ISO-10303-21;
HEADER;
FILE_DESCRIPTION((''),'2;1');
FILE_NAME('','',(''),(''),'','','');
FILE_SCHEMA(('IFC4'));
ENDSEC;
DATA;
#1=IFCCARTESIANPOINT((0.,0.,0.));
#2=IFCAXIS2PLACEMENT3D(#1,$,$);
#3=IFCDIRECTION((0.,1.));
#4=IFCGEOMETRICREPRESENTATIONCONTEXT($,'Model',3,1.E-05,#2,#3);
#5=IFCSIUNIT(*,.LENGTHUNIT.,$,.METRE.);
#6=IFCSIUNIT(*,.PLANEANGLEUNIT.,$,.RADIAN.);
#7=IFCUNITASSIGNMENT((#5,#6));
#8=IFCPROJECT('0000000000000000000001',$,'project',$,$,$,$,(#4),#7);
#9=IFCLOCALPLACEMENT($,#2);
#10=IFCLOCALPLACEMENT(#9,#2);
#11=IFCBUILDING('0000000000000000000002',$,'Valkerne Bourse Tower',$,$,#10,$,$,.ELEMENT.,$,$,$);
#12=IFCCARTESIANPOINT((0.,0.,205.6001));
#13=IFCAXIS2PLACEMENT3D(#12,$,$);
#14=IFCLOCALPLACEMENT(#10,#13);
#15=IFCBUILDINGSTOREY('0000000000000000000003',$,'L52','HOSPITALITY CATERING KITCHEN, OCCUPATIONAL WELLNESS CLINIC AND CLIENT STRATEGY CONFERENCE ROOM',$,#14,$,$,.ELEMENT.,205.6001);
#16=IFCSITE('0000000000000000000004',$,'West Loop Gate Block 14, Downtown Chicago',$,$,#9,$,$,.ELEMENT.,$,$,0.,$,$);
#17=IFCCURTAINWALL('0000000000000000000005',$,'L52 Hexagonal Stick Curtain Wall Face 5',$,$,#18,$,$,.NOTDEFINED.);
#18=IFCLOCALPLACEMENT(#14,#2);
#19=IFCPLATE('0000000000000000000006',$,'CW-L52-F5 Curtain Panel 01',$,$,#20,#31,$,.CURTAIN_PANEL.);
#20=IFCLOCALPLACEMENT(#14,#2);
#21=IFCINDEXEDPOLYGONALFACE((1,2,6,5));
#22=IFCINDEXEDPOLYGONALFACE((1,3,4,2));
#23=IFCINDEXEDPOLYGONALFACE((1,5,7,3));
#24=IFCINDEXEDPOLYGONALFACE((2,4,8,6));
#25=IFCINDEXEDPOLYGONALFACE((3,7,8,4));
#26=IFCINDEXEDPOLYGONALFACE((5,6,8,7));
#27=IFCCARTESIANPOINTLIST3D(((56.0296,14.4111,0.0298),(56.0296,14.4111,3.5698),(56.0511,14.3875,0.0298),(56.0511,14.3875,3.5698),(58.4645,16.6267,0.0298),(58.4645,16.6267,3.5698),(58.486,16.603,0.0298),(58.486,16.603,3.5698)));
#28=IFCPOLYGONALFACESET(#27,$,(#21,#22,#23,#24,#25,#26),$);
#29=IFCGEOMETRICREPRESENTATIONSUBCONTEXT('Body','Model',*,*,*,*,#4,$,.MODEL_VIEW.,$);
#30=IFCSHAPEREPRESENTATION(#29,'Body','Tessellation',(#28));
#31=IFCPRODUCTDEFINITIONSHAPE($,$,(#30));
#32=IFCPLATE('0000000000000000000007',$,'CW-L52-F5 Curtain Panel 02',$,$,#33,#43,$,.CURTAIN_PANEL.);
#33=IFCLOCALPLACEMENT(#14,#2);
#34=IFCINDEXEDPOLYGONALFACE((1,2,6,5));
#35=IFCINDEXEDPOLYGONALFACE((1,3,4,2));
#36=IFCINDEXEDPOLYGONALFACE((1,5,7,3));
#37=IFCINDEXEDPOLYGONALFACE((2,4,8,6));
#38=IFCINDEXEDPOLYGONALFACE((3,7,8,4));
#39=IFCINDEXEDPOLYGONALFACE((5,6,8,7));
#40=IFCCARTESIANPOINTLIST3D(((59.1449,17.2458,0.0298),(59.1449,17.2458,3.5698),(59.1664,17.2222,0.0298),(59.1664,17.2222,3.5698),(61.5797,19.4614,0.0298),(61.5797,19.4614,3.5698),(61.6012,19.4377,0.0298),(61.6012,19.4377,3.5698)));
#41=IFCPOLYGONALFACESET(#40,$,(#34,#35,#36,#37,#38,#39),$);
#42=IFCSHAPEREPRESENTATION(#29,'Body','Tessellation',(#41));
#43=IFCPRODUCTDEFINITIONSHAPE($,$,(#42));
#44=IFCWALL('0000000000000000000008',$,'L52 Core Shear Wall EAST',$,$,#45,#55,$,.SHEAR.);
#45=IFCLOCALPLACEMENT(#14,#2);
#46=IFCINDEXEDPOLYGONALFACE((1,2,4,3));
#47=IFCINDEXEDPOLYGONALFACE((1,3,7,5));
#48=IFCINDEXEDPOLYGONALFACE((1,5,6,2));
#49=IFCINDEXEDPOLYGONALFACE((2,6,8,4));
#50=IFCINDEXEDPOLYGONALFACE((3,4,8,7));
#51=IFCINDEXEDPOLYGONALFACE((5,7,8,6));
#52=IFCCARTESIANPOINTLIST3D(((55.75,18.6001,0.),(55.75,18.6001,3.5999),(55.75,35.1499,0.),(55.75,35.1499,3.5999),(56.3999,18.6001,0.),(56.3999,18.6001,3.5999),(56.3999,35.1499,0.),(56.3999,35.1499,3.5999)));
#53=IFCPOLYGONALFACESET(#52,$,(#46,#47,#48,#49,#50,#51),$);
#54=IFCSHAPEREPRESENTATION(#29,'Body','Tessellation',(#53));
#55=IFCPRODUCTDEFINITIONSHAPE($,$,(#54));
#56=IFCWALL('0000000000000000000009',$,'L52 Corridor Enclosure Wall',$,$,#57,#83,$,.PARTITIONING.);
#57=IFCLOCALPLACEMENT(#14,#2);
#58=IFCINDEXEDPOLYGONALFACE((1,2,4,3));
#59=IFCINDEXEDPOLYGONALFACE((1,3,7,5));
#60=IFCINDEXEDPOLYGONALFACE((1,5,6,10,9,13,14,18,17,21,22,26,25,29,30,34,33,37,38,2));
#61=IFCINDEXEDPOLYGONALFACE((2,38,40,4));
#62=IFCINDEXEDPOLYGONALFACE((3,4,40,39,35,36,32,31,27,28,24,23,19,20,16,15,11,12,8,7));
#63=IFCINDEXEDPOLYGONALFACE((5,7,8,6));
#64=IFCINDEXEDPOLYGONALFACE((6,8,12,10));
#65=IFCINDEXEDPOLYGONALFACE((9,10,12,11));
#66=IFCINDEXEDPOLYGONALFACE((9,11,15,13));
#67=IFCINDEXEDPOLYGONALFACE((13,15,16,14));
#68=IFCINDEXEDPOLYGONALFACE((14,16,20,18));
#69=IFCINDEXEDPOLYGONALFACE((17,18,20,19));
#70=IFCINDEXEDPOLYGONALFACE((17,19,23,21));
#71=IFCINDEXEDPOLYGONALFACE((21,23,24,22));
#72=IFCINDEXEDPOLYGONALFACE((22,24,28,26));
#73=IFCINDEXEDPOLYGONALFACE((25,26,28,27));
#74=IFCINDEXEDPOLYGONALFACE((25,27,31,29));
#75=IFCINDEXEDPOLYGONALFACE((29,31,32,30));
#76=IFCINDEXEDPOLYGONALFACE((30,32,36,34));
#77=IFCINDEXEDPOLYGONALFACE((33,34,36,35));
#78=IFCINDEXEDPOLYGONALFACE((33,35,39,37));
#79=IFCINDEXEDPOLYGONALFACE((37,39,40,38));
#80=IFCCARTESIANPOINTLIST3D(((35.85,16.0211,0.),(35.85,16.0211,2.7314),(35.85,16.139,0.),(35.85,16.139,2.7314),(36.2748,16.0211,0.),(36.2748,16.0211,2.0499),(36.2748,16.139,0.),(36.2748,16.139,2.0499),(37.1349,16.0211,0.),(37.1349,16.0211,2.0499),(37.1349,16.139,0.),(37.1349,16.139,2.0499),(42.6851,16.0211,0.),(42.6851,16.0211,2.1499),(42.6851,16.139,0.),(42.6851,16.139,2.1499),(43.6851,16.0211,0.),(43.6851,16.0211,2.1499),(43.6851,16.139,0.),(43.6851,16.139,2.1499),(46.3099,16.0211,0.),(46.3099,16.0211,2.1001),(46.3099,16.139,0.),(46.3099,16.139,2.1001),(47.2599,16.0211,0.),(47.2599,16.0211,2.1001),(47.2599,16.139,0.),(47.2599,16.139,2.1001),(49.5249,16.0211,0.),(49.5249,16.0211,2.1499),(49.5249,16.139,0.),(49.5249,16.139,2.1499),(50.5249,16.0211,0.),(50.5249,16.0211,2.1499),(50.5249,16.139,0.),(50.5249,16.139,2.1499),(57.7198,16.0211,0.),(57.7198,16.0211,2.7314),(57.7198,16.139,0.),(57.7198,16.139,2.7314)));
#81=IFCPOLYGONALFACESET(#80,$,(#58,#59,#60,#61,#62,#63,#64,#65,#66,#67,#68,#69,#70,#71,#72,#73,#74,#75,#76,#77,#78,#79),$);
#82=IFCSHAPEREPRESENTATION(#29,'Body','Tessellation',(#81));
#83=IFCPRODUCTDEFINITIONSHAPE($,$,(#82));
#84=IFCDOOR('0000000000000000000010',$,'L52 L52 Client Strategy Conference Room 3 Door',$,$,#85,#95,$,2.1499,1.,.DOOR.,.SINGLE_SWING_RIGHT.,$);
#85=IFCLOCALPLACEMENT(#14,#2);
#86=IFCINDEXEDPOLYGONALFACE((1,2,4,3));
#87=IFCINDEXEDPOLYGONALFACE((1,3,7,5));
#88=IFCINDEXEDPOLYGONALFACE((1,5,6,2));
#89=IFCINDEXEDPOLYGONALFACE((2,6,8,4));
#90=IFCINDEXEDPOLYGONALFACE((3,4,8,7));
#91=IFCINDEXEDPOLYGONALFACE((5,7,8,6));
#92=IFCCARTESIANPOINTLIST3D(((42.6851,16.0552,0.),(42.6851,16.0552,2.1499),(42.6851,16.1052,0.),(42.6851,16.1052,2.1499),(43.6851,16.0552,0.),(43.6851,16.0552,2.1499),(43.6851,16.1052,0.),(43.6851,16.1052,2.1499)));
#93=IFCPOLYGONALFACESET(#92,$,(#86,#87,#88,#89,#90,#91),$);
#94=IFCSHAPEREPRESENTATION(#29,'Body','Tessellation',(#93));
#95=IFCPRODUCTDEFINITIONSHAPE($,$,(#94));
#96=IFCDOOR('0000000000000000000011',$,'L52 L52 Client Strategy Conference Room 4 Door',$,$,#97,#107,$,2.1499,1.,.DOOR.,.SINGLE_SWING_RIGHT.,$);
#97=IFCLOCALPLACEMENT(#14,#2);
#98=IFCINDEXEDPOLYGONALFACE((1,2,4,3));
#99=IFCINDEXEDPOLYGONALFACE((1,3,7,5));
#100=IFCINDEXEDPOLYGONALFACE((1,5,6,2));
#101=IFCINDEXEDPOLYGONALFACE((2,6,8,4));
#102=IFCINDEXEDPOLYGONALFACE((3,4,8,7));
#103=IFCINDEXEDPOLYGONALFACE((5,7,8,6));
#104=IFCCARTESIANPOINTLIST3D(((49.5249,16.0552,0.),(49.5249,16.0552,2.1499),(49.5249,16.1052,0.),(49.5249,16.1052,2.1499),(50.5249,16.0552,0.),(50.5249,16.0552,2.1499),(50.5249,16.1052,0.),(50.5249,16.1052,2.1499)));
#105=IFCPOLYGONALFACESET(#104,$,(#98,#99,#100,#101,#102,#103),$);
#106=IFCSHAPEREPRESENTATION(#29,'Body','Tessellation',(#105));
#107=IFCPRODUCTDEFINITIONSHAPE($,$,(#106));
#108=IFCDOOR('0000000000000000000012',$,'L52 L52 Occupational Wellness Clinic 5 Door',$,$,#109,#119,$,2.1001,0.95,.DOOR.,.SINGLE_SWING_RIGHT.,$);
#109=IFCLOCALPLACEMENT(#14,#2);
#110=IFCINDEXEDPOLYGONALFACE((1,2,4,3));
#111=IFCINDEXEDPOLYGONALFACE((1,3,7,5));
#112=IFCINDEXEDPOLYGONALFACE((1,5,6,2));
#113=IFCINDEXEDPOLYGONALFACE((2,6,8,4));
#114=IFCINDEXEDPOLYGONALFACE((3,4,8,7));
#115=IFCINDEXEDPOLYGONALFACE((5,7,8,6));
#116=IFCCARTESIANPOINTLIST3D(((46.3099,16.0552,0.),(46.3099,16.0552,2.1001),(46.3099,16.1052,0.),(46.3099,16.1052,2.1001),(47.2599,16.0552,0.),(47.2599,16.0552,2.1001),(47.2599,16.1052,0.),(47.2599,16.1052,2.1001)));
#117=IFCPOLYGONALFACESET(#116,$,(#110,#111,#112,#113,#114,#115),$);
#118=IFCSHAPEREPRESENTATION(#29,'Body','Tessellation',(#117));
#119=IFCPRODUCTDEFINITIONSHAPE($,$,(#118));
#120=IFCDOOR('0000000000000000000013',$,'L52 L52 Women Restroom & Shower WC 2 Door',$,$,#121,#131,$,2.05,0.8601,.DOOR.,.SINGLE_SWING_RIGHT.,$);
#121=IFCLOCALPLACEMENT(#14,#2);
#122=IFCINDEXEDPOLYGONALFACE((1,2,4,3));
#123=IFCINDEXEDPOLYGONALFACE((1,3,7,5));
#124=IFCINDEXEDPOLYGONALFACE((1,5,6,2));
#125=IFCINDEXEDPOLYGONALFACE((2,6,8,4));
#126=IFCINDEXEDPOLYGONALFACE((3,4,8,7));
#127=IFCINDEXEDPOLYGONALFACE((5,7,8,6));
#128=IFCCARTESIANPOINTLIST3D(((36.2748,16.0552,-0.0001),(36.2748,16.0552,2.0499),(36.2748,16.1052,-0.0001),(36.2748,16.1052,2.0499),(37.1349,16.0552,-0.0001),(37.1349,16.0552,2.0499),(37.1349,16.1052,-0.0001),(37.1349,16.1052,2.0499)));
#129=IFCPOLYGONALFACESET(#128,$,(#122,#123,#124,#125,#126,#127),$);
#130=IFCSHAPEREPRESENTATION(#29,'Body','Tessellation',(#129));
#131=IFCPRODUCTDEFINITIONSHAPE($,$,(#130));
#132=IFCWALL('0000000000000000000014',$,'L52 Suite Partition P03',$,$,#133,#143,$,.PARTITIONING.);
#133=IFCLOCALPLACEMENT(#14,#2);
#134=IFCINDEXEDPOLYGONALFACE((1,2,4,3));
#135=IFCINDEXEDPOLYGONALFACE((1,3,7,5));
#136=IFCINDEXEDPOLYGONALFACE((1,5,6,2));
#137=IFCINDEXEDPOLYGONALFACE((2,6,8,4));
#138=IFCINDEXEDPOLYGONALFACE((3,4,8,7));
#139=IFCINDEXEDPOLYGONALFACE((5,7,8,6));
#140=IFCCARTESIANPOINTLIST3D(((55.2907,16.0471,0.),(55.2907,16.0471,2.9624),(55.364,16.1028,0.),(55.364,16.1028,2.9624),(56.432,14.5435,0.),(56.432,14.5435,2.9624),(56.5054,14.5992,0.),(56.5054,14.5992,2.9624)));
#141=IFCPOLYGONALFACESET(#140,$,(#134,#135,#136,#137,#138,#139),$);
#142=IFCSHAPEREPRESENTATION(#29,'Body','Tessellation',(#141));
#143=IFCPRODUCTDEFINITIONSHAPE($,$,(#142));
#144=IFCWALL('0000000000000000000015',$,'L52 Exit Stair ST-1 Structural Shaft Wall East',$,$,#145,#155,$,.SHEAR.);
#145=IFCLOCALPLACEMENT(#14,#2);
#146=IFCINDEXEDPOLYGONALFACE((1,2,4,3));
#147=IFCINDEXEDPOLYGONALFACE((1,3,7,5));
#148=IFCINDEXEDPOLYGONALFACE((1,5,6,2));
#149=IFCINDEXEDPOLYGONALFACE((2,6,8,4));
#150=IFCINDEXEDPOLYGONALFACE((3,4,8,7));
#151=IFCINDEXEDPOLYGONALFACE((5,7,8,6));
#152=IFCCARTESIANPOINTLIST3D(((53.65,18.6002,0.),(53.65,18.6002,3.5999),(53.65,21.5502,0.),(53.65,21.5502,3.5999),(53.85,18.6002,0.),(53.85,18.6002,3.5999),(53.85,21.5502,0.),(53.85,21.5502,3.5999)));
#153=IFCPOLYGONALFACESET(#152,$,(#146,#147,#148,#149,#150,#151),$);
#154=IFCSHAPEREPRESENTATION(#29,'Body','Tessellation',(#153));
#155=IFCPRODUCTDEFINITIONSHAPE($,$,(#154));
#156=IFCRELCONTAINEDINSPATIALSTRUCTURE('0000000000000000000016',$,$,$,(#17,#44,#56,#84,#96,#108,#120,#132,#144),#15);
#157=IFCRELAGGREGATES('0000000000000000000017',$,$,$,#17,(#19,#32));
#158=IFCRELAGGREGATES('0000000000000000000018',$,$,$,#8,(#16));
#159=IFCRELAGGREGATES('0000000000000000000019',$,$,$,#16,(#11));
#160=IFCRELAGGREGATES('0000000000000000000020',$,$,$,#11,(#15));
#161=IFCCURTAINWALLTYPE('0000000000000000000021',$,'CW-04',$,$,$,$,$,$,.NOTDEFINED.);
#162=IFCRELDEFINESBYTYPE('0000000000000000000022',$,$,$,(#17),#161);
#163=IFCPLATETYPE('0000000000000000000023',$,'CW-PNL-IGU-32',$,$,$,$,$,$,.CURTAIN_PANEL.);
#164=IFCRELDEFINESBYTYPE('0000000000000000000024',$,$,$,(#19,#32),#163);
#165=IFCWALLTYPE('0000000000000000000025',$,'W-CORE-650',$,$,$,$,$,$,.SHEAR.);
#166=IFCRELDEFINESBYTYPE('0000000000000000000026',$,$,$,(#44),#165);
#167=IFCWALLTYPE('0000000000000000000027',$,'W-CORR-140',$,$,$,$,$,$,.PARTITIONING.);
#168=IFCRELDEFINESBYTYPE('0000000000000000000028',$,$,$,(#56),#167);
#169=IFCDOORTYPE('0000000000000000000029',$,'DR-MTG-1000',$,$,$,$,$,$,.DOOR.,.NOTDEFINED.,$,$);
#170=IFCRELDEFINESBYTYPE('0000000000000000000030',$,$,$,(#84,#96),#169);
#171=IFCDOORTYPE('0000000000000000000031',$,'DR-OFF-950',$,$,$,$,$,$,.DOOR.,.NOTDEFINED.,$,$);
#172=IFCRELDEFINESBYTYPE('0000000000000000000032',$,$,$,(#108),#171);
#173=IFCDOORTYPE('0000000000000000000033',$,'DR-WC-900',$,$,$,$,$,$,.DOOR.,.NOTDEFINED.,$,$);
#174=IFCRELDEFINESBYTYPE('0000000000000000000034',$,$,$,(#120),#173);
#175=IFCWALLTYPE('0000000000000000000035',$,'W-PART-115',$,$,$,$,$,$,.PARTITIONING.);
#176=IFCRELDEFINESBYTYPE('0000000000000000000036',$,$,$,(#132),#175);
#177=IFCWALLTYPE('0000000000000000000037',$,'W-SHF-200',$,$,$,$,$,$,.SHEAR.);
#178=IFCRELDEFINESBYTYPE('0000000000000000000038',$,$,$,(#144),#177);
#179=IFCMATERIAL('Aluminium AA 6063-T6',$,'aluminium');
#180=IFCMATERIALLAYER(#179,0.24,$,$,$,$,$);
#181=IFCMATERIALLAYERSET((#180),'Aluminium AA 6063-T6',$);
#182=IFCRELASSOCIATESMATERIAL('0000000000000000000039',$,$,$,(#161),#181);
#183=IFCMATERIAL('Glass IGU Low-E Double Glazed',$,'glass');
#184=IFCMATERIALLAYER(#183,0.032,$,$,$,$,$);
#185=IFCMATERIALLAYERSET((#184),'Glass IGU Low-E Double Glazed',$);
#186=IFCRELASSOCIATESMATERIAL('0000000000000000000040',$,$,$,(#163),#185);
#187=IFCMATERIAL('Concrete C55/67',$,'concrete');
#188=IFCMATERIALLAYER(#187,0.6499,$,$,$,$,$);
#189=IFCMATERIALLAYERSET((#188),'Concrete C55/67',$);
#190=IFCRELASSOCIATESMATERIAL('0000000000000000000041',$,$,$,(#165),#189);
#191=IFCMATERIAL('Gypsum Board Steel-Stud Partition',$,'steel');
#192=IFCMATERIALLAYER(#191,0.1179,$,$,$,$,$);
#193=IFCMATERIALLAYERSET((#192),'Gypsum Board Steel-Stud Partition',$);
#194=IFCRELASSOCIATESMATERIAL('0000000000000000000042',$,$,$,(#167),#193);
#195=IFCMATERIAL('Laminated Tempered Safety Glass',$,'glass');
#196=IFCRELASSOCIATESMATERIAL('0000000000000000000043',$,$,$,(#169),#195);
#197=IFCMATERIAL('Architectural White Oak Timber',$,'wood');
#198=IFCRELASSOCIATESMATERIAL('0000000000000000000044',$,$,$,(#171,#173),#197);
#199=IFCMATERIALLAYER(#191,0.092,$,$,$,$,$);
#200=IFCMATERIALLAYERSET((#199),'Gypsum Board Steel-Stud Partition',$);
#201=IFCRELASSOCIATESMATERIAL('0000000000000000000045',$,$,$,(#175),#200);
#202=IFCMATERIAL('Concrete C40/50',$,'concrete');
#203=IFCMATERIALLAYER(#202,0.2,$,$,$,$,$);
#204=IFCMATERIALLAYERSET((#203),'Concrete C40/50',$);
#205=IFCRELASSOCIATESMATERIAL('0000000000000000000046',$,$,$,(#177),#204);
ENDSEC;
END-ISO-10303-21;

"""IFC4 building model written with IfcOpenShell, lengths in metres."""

from ifc_helpers import new_model, si_unit, direction, frame, frame_2d, origin, origin_2d, place, context, subcontext, project, spatial, rectangle, extrude, material, layer, layer_set, type_object, element, fill, aggregate, save


model = new_model("IFC4")

# Units and contexts
model_context = context("Model", 3, precision=1e-05, world=origin(), true_north=direction((0.0, 1.0)))
body_context = subcontext(model_context, "Body", "Model", "MODEL_VIEW")
ifc_project = project(units=[si_unit("LENGTHUNIT", "METRE"), si_unit("PLANEANGLEUNIT", "RADIAN")], contexts=[model_context])

# Site, building, storey
site_placement = place(None, origin())
site = spatial("IfcSite", under=ifc_project, at=site_placement, Name="West Loop Gate Block 14, Downtown Chicago", CompositionType="ELEMENT", RefElevation=0.0)
building_placement = place(site_placement, origin())
building = spatial("IfcBuilding", under=site, at=building_placement, Name="Valkerne Bourse Tower", CompositionType="ELEMENT")
storey_placement = place(building_placement, frame((0.0, 0.0, 205.6001)))
storey = spatial("IfcBuildingStorey", under=building, at=storey_placement, Name="L52", Description="HOSPITALITY CATERING KITCHEN, OCCUPATIONAL WELLNESS CLINIC AND CLIENT STRATEGY CONFERENCE ROOM", CompositionType="ELEMENT", Elevation=205.6001)

# Curtain wall
ifc_material_1 = material(Name="Aluminium AA 6063-T6", Category="aluminium")
ifc_layer_1 = layer(ifc_material_1, 0.24)
ifc_layer_set_1 = layer_set([ifc_layer_1], Name="Aluminium AA 6063-T6")
curtain_wall_type = type_object("IfcCurtainWallType", Name="CW-04", PredefinedType="NOTDEFINED", material=ifc_layer_set_1)
curtain_wall_placement = place(storey_placement, origin())
curtain_wall = element("IfcCurtainWall", 1, at=curtain_wall_placement, inside=storey, type_object=curtain_wall_type, Name="L52 Hexagonal Stick Curtain Wall Face 5", PredefinedType="NOTDEFINED")

# Plates
ifc_material_2 = material(Name="Glass IGU Low-E Double Glazed", Category="glass")
ifc_layer_2 = layer(ifc_material_2, 0.032)
ifc_layer_set_2 = layer_set([ifc_layer_2], Name="Glass IGU Low-E Double Glazed")
plate_type = type_object("IfcPlateType", Name="CW-PNL-IGU-32", PredefinedType="CURTAIN_PANEL", material=ifc_layer_set_2)
plate_1_placement = place(storey_placement, frame((57.2578, 15.5071, 0.0298), z_axis=(0.0, 0.0, 1.0), x_axis=(0.739632, 0.673012, 0.0)))
plate_1 = element("IfcPlate", 2, at=plate_1_placement, type_object=plate_type, Name="CW-L52-F5 Curtain Panel 01", PredefinedType="CURTAIN_PANEL", context=body_context, shape_type="SweptSolid", body=[
    extrude(rectangle(XDim=3.292, YDim=0.032, at=origin_2d()), origin(), (0.0, 0.0, 1.0), 3.54),
])
plate_2_placement = place(storey_placement, frame((60.373, 18.3418, 0.0298), z_axis=(0.0, 0.0, 1.0), x_axis=(0.739632, 0.673012, 0.0)))
plate_2 = element("IfcPlate", 3, at=plate_2_placement, type_object=plate_type, Name="CW-L52-F5 Curtain Panel 02", PredefinedType="CURTAIN_PANEL", context=body_context, shape_type="SweptSolid", body=[
    extrude(rectangle(XDim=3.292, YDim=0.032, at=origin_2d()), origin(), (0.0, 0.0, 1.0), 3.54),
])
aggregate(curtain_wall, [plate_1, plate_2])

# Wall
ifc_material_3 = material(Name="Concrete C55/67", Category="concrete")
ifc_layer_3 = layer(ifc_material_3, 0.6499)
ifc_layer_set_3 = layer_set([ifc_layer_3], Name="Concrete C55/67")
wall_type_1 = type_object("IfcWallType", Name="W-CORE-650", PredefinedType="SHEAR", material=ifc_layer_set_3)
wall_1_placement = place(storey_placement, frame((56.075, 18.6001, 0.0), z_axis=(0.0, 0.0, 1.0), x_axis=(0.0, 1.0, 0.0)))
element("IfcWall", 4, at=wall_1_placement, inside=storey, type_object=wall_type_1, Name="L52 Core Shear Wall EAST", PredefinedType="SHEAR", context=body_context, shape_type="SweptSolid", body=[
    extrude(rectangle(XDim=16.5498, YDim=0.6499, at=frame_2d((8.2749, 0.0))), origin(), (0.0, 0.0, 1.0), 3.5999),
])

# Wall, openings, doors
ifc_material_4 = material(Name="Gypsum Board Steel-Stud Partition", Category="steel")
ifc_layer_4 = layer(ifc_material_4, 0.1179)
ifc_layer_set_4 = layer_set([ifc_layer_4], Name="Gypsum Board Steel-Stud Partition")
wall_type_2 = type_object("IfcWallType", Name="W-CORR-140", PredefinedType="PARTITIONING", material=ifc_layer_set_4)
wall_2_placement = place(storey_placement, frame((57.72, 16.0801, 0.0), z_axis=(0.0, 0.0, 1.0), x_axis=(-1.0, 0.0, 0.0)))
wall_2 = element("IfcWall", 5, at=wall_2_placement, inside=storey, type_object=wall_type_2, Name="L52 Corridor Enclosure Wall", PredefinedType="PARTITIONING", context=body_context, shape_type="SweptSolid", body=[
    extrude(rectangle(XDim=21.8699, YDim=0.1179, at=frame_2d((10.9351, 0.0))), origin(), (0.0, 0.0, 1.0), 2.7314),
])
opening_1_placement = place(wall_2_placement, frame((20.585, 0.0, 0.0)))
opening_1 = element("IfcOpeningElement", 6, at=opening_1_placement, cuts=wall_2, PredefinedType="OPENING", context=body_context, shape_type="SweptSolid", body=[
    extrude(rectangle(XDim=0.8601, YDim=2.05, at=frame_2d((0.4302, 1.0249))), frame((0.0, 0.0688, 0.0), z_axis=(0.0, -1.0, 0.0), x_axis=(1.0, 0.0, 0.0)), (0.0, 0.0, 1.0), 0.1379),
])
opening_2_placement = place(wall_2_placement, frame((14.0349, 0.0, 0.0)))
opening_2 = element("IfcOpeningElement", 7, at=opening_2_placement, cuts=wall_2, PredefinedType="OPENING", context=body_context, shape_type="SweptSolid", body=[
    extrude(rectangle(XDim=1.0, YDim=2.1499, at=frame_2d((0.5, 1.075))), frame((0.0, 0.0688, 0.0), z_axis=(0.0, -1.0, 0.0), x_axis=(1.0, 0.0, 0.0)), (0.0, 0.0, 1.0), 0.1379),
])
opening_3_placement = place(wall_2_placement, frame((7.1951, 0.0, 0.0)))
opening_3 = element("IfcOpeningElement", 8, at=opening_3_placement, cuts=wall_2, PredefinedType="OPENING", context=body_context, shape_type="SweptSolid", body=[
    extrude(rectangle(XDim=1.0, YDim=2.1499, at=frame_2d((0.5, 1.075))), frame((0.0, 0.0688, 0.0), z_axis=(0.0, -1.0, 0.0), x_axis=(1.0, 0.0, 0.0)), (0.0, 0.0, 1.0), 0.1379),
])
opening_4_placement = place(wall_2_placement, frame((10.46, 0.0, 0.0)))
opening_4 = element("IfcOpeningElement", 9, at=opening_4_placement, cuts=wall_2, PredefinedType="OPENING", context=body_context, shape_type="SweptSolid", body=[
    extrude(rectangle(XDim=0.95, YDim=2.1001, at=frame_2d((0.4751, 1.05))), frame((0.0, 0.0688, 0.0), z_axis=(0.0, -1.0, 0.0), x_axis=(1.0, 0.0, 0.0)), (0.0, 0.0, 1.0), 0.1379),
])
ifc_material_5 = material(Name="Laminated Tempered Safety Glass", Category="glass")
door_type_1 = type_object("IfcDoorType", Name="DR-MTG-1000", OperationType="NOTDEFINED", PredefinedType="DOOR", material=ifc_material_5)
door_1_placement = place(opening_2_placement, origin())
door_1 = element("IfcDoor", 10, at=door_1_placement, inside=storey, type_object=door_type_1, Name="L52 L52 Client Strategy Conference Room 3 Door", OperationType="SINGLE_SWING_RIGHT", OverallHeight=2.1499, OverallWidth=1.0, PredefinedType="DOOR", context=body_context, shape_type="SweptSolid", body=[
    extrude(rectangle(XDim=1.0, YDim=2.1499, at=frame_2d((0.5, 1.075))), frame((0.0, 0.0249, 0.0), z_axis=(0.0, -1.0, 0.0), x_axis=(1.0, 0.0, 0.0)), (0.0, 0.0, 1.0), 0.05),
])
fill(opening_2, door_1)
door_2_placement = place(opening_3_placement, origin())
door_2 = element("IfcDoor", 11, at=door_2_placement, inside=storey, type_object=door_type_1, Name="L52 L52 Client Strategy Conference Room 4 Door", OperationType="SINGLE_SWING_RIGHT", OverallHeight=2.1499, OverallWidth=1.0, PredefinedType="DOOR", context=body_context, shape_type="SweptSolid", body=[
    extrude(rectangle(XDim=1.0, YDim=2.1499, at=frame_2d((0.5, 1.075))), frame((0.0, 0.0249, 0.0), z_axis=(0.0, -1.0, 0.0), x_axis=(1.0, 0.0, 0.0)), (0.0, 0.0, 1.0), 0.05),
])
fill(opening_3, door_2)
ifc_material_6 = material(Name="Architectural White Oak Timber", Category="wood")
door_type_2 = type_object("IfcDoorType", Name="DR-OFF-950", OperationType="NOTDEFINED", PredefinedType="DOOR", material=ifc_material_6)
door_3_placement = place(opening_4_placement, origin())
door_3 = element("IfcDoor", 12, at=door_3_placement, inside=storey, type_object=door_type_2, Name="L52 L52 Occupational Wellness Clinic 5 Door", OperationType="SINGLE_SWING_RIGHT", OverallHeight=2.1001, OverallWidth=0.95, PredefinedType="DOOR", context=body_context, shape_type="SweptSolid", body=[
    extrude(rectangle(XDim=0.95, YDim=2.1001, at=frame_2d((0.4751, 1.05))), frame((0.0, 0.0249, 0.0), z_axis=(0.0, -1.0, 0.0), x_axis=(1.0, 0.0, 0.0)), (0.0, 0.0, 1.0), 0.05),
])
fill(opening_4, door_3)
door_type_3 = type_object("IfcDoorType", Name="DR-WC-900", OperationType="NOTDEFINED", PredefinedType="DOOR", material=ifc_material_6)
door_4_placement = place(opening_1_placement, origin())
door_4 = element("IfcDoor", 13, at=door_4_placement, inside=storey, type_object=door_type_3, Name="L52 L52 Women Restroom & Shower WC 2 Door", OperationType="SINGLE_SWING_RIGHT", OverallHeight=2.05, OverallWidth=0.8601, PredefinedType="DOOR", context=body_context, shape_type="SweptSolid", body=[
    extrude(rectangle(XDim=0.8601, YDim=2.05, at=frame_2d((0.4302, 1.0249))), frame((0.0, 0.0249, 0.0), z_axis=(0.0, -1.0, 0.0), x_axis=(1.0, 0.0, 0.0)), (0.0, 0.0, 1.0), 0.05),
])
fill(opening_1, door_4)

# Walls
ifc_layer_5 = layer(ifc_material_4, 0.092)
ifc_layer_set_5 = layer_set([ifc_layer_5], Name="Gypsum Board Steel-Stud Partition")
wall_type_3 = type_object("IfcWallType", Name="W-PART-115", PredefinedType="PARTITIONING", material=ifc_layer_set_5)
wall_3_placement = place(storey_placement, frame((55.3274, 16.075, 0.0), z_axis=(0.0, 0.0, 1.0), x_axis=(0.604604, -0.796526, 0.0)))
element("IfcWall", 14, at=wall_3_placement, inside=storey, type_object=wall_type_3, Name="L52 Suite Partition P03", PredefinedType="PARTITIONING", context=body_context, shape_type="SweptSolid", body=[
    extrude(rectangle(XDim=1.8877, YDim=0.092, at=frame_2d((0.9438, 0.0))), origin(), (0.0, 0.0, 1.0), 2.9624),
])
ifc_material_7 = material(Name="Concrete C40/50", Category="concrete")
ifc_layer_6 = layer(ifc_material_7, 0.2)
ifc_layer_set_6 = layer_set([ifc_layer_6], Name="Concrete C40/50")
wall_type_4 = type_object("IfcWallType", Name="W-SHF-200", PredefinedType="SHEAR", material=ifc_layer_set_6)
wall_4_placement = place(storey_placement, frame((53.75, 18.6001, 0.0), z_axis=(0.0, 0.0, 1.0), x_axis=(0.0, 1.0, 0.0)))
element("IfcWall", 15, at=wall_4_placement, inside=storey, type_object=wall_type_4, Name="L52 Exit Stair ST-1 Structural Shaft Wall East", PredefinedType="SHEAR", context=body_context, shape_type="SweptSolid", body=[
    extrude(rectangle(XDim=2.95, YDim=0.2, at=frame_2d((1.4751, 0.0))), origin(), (0.0, 0.0, 1.0), 3.5999),
])

save(model, "model.ifc")
